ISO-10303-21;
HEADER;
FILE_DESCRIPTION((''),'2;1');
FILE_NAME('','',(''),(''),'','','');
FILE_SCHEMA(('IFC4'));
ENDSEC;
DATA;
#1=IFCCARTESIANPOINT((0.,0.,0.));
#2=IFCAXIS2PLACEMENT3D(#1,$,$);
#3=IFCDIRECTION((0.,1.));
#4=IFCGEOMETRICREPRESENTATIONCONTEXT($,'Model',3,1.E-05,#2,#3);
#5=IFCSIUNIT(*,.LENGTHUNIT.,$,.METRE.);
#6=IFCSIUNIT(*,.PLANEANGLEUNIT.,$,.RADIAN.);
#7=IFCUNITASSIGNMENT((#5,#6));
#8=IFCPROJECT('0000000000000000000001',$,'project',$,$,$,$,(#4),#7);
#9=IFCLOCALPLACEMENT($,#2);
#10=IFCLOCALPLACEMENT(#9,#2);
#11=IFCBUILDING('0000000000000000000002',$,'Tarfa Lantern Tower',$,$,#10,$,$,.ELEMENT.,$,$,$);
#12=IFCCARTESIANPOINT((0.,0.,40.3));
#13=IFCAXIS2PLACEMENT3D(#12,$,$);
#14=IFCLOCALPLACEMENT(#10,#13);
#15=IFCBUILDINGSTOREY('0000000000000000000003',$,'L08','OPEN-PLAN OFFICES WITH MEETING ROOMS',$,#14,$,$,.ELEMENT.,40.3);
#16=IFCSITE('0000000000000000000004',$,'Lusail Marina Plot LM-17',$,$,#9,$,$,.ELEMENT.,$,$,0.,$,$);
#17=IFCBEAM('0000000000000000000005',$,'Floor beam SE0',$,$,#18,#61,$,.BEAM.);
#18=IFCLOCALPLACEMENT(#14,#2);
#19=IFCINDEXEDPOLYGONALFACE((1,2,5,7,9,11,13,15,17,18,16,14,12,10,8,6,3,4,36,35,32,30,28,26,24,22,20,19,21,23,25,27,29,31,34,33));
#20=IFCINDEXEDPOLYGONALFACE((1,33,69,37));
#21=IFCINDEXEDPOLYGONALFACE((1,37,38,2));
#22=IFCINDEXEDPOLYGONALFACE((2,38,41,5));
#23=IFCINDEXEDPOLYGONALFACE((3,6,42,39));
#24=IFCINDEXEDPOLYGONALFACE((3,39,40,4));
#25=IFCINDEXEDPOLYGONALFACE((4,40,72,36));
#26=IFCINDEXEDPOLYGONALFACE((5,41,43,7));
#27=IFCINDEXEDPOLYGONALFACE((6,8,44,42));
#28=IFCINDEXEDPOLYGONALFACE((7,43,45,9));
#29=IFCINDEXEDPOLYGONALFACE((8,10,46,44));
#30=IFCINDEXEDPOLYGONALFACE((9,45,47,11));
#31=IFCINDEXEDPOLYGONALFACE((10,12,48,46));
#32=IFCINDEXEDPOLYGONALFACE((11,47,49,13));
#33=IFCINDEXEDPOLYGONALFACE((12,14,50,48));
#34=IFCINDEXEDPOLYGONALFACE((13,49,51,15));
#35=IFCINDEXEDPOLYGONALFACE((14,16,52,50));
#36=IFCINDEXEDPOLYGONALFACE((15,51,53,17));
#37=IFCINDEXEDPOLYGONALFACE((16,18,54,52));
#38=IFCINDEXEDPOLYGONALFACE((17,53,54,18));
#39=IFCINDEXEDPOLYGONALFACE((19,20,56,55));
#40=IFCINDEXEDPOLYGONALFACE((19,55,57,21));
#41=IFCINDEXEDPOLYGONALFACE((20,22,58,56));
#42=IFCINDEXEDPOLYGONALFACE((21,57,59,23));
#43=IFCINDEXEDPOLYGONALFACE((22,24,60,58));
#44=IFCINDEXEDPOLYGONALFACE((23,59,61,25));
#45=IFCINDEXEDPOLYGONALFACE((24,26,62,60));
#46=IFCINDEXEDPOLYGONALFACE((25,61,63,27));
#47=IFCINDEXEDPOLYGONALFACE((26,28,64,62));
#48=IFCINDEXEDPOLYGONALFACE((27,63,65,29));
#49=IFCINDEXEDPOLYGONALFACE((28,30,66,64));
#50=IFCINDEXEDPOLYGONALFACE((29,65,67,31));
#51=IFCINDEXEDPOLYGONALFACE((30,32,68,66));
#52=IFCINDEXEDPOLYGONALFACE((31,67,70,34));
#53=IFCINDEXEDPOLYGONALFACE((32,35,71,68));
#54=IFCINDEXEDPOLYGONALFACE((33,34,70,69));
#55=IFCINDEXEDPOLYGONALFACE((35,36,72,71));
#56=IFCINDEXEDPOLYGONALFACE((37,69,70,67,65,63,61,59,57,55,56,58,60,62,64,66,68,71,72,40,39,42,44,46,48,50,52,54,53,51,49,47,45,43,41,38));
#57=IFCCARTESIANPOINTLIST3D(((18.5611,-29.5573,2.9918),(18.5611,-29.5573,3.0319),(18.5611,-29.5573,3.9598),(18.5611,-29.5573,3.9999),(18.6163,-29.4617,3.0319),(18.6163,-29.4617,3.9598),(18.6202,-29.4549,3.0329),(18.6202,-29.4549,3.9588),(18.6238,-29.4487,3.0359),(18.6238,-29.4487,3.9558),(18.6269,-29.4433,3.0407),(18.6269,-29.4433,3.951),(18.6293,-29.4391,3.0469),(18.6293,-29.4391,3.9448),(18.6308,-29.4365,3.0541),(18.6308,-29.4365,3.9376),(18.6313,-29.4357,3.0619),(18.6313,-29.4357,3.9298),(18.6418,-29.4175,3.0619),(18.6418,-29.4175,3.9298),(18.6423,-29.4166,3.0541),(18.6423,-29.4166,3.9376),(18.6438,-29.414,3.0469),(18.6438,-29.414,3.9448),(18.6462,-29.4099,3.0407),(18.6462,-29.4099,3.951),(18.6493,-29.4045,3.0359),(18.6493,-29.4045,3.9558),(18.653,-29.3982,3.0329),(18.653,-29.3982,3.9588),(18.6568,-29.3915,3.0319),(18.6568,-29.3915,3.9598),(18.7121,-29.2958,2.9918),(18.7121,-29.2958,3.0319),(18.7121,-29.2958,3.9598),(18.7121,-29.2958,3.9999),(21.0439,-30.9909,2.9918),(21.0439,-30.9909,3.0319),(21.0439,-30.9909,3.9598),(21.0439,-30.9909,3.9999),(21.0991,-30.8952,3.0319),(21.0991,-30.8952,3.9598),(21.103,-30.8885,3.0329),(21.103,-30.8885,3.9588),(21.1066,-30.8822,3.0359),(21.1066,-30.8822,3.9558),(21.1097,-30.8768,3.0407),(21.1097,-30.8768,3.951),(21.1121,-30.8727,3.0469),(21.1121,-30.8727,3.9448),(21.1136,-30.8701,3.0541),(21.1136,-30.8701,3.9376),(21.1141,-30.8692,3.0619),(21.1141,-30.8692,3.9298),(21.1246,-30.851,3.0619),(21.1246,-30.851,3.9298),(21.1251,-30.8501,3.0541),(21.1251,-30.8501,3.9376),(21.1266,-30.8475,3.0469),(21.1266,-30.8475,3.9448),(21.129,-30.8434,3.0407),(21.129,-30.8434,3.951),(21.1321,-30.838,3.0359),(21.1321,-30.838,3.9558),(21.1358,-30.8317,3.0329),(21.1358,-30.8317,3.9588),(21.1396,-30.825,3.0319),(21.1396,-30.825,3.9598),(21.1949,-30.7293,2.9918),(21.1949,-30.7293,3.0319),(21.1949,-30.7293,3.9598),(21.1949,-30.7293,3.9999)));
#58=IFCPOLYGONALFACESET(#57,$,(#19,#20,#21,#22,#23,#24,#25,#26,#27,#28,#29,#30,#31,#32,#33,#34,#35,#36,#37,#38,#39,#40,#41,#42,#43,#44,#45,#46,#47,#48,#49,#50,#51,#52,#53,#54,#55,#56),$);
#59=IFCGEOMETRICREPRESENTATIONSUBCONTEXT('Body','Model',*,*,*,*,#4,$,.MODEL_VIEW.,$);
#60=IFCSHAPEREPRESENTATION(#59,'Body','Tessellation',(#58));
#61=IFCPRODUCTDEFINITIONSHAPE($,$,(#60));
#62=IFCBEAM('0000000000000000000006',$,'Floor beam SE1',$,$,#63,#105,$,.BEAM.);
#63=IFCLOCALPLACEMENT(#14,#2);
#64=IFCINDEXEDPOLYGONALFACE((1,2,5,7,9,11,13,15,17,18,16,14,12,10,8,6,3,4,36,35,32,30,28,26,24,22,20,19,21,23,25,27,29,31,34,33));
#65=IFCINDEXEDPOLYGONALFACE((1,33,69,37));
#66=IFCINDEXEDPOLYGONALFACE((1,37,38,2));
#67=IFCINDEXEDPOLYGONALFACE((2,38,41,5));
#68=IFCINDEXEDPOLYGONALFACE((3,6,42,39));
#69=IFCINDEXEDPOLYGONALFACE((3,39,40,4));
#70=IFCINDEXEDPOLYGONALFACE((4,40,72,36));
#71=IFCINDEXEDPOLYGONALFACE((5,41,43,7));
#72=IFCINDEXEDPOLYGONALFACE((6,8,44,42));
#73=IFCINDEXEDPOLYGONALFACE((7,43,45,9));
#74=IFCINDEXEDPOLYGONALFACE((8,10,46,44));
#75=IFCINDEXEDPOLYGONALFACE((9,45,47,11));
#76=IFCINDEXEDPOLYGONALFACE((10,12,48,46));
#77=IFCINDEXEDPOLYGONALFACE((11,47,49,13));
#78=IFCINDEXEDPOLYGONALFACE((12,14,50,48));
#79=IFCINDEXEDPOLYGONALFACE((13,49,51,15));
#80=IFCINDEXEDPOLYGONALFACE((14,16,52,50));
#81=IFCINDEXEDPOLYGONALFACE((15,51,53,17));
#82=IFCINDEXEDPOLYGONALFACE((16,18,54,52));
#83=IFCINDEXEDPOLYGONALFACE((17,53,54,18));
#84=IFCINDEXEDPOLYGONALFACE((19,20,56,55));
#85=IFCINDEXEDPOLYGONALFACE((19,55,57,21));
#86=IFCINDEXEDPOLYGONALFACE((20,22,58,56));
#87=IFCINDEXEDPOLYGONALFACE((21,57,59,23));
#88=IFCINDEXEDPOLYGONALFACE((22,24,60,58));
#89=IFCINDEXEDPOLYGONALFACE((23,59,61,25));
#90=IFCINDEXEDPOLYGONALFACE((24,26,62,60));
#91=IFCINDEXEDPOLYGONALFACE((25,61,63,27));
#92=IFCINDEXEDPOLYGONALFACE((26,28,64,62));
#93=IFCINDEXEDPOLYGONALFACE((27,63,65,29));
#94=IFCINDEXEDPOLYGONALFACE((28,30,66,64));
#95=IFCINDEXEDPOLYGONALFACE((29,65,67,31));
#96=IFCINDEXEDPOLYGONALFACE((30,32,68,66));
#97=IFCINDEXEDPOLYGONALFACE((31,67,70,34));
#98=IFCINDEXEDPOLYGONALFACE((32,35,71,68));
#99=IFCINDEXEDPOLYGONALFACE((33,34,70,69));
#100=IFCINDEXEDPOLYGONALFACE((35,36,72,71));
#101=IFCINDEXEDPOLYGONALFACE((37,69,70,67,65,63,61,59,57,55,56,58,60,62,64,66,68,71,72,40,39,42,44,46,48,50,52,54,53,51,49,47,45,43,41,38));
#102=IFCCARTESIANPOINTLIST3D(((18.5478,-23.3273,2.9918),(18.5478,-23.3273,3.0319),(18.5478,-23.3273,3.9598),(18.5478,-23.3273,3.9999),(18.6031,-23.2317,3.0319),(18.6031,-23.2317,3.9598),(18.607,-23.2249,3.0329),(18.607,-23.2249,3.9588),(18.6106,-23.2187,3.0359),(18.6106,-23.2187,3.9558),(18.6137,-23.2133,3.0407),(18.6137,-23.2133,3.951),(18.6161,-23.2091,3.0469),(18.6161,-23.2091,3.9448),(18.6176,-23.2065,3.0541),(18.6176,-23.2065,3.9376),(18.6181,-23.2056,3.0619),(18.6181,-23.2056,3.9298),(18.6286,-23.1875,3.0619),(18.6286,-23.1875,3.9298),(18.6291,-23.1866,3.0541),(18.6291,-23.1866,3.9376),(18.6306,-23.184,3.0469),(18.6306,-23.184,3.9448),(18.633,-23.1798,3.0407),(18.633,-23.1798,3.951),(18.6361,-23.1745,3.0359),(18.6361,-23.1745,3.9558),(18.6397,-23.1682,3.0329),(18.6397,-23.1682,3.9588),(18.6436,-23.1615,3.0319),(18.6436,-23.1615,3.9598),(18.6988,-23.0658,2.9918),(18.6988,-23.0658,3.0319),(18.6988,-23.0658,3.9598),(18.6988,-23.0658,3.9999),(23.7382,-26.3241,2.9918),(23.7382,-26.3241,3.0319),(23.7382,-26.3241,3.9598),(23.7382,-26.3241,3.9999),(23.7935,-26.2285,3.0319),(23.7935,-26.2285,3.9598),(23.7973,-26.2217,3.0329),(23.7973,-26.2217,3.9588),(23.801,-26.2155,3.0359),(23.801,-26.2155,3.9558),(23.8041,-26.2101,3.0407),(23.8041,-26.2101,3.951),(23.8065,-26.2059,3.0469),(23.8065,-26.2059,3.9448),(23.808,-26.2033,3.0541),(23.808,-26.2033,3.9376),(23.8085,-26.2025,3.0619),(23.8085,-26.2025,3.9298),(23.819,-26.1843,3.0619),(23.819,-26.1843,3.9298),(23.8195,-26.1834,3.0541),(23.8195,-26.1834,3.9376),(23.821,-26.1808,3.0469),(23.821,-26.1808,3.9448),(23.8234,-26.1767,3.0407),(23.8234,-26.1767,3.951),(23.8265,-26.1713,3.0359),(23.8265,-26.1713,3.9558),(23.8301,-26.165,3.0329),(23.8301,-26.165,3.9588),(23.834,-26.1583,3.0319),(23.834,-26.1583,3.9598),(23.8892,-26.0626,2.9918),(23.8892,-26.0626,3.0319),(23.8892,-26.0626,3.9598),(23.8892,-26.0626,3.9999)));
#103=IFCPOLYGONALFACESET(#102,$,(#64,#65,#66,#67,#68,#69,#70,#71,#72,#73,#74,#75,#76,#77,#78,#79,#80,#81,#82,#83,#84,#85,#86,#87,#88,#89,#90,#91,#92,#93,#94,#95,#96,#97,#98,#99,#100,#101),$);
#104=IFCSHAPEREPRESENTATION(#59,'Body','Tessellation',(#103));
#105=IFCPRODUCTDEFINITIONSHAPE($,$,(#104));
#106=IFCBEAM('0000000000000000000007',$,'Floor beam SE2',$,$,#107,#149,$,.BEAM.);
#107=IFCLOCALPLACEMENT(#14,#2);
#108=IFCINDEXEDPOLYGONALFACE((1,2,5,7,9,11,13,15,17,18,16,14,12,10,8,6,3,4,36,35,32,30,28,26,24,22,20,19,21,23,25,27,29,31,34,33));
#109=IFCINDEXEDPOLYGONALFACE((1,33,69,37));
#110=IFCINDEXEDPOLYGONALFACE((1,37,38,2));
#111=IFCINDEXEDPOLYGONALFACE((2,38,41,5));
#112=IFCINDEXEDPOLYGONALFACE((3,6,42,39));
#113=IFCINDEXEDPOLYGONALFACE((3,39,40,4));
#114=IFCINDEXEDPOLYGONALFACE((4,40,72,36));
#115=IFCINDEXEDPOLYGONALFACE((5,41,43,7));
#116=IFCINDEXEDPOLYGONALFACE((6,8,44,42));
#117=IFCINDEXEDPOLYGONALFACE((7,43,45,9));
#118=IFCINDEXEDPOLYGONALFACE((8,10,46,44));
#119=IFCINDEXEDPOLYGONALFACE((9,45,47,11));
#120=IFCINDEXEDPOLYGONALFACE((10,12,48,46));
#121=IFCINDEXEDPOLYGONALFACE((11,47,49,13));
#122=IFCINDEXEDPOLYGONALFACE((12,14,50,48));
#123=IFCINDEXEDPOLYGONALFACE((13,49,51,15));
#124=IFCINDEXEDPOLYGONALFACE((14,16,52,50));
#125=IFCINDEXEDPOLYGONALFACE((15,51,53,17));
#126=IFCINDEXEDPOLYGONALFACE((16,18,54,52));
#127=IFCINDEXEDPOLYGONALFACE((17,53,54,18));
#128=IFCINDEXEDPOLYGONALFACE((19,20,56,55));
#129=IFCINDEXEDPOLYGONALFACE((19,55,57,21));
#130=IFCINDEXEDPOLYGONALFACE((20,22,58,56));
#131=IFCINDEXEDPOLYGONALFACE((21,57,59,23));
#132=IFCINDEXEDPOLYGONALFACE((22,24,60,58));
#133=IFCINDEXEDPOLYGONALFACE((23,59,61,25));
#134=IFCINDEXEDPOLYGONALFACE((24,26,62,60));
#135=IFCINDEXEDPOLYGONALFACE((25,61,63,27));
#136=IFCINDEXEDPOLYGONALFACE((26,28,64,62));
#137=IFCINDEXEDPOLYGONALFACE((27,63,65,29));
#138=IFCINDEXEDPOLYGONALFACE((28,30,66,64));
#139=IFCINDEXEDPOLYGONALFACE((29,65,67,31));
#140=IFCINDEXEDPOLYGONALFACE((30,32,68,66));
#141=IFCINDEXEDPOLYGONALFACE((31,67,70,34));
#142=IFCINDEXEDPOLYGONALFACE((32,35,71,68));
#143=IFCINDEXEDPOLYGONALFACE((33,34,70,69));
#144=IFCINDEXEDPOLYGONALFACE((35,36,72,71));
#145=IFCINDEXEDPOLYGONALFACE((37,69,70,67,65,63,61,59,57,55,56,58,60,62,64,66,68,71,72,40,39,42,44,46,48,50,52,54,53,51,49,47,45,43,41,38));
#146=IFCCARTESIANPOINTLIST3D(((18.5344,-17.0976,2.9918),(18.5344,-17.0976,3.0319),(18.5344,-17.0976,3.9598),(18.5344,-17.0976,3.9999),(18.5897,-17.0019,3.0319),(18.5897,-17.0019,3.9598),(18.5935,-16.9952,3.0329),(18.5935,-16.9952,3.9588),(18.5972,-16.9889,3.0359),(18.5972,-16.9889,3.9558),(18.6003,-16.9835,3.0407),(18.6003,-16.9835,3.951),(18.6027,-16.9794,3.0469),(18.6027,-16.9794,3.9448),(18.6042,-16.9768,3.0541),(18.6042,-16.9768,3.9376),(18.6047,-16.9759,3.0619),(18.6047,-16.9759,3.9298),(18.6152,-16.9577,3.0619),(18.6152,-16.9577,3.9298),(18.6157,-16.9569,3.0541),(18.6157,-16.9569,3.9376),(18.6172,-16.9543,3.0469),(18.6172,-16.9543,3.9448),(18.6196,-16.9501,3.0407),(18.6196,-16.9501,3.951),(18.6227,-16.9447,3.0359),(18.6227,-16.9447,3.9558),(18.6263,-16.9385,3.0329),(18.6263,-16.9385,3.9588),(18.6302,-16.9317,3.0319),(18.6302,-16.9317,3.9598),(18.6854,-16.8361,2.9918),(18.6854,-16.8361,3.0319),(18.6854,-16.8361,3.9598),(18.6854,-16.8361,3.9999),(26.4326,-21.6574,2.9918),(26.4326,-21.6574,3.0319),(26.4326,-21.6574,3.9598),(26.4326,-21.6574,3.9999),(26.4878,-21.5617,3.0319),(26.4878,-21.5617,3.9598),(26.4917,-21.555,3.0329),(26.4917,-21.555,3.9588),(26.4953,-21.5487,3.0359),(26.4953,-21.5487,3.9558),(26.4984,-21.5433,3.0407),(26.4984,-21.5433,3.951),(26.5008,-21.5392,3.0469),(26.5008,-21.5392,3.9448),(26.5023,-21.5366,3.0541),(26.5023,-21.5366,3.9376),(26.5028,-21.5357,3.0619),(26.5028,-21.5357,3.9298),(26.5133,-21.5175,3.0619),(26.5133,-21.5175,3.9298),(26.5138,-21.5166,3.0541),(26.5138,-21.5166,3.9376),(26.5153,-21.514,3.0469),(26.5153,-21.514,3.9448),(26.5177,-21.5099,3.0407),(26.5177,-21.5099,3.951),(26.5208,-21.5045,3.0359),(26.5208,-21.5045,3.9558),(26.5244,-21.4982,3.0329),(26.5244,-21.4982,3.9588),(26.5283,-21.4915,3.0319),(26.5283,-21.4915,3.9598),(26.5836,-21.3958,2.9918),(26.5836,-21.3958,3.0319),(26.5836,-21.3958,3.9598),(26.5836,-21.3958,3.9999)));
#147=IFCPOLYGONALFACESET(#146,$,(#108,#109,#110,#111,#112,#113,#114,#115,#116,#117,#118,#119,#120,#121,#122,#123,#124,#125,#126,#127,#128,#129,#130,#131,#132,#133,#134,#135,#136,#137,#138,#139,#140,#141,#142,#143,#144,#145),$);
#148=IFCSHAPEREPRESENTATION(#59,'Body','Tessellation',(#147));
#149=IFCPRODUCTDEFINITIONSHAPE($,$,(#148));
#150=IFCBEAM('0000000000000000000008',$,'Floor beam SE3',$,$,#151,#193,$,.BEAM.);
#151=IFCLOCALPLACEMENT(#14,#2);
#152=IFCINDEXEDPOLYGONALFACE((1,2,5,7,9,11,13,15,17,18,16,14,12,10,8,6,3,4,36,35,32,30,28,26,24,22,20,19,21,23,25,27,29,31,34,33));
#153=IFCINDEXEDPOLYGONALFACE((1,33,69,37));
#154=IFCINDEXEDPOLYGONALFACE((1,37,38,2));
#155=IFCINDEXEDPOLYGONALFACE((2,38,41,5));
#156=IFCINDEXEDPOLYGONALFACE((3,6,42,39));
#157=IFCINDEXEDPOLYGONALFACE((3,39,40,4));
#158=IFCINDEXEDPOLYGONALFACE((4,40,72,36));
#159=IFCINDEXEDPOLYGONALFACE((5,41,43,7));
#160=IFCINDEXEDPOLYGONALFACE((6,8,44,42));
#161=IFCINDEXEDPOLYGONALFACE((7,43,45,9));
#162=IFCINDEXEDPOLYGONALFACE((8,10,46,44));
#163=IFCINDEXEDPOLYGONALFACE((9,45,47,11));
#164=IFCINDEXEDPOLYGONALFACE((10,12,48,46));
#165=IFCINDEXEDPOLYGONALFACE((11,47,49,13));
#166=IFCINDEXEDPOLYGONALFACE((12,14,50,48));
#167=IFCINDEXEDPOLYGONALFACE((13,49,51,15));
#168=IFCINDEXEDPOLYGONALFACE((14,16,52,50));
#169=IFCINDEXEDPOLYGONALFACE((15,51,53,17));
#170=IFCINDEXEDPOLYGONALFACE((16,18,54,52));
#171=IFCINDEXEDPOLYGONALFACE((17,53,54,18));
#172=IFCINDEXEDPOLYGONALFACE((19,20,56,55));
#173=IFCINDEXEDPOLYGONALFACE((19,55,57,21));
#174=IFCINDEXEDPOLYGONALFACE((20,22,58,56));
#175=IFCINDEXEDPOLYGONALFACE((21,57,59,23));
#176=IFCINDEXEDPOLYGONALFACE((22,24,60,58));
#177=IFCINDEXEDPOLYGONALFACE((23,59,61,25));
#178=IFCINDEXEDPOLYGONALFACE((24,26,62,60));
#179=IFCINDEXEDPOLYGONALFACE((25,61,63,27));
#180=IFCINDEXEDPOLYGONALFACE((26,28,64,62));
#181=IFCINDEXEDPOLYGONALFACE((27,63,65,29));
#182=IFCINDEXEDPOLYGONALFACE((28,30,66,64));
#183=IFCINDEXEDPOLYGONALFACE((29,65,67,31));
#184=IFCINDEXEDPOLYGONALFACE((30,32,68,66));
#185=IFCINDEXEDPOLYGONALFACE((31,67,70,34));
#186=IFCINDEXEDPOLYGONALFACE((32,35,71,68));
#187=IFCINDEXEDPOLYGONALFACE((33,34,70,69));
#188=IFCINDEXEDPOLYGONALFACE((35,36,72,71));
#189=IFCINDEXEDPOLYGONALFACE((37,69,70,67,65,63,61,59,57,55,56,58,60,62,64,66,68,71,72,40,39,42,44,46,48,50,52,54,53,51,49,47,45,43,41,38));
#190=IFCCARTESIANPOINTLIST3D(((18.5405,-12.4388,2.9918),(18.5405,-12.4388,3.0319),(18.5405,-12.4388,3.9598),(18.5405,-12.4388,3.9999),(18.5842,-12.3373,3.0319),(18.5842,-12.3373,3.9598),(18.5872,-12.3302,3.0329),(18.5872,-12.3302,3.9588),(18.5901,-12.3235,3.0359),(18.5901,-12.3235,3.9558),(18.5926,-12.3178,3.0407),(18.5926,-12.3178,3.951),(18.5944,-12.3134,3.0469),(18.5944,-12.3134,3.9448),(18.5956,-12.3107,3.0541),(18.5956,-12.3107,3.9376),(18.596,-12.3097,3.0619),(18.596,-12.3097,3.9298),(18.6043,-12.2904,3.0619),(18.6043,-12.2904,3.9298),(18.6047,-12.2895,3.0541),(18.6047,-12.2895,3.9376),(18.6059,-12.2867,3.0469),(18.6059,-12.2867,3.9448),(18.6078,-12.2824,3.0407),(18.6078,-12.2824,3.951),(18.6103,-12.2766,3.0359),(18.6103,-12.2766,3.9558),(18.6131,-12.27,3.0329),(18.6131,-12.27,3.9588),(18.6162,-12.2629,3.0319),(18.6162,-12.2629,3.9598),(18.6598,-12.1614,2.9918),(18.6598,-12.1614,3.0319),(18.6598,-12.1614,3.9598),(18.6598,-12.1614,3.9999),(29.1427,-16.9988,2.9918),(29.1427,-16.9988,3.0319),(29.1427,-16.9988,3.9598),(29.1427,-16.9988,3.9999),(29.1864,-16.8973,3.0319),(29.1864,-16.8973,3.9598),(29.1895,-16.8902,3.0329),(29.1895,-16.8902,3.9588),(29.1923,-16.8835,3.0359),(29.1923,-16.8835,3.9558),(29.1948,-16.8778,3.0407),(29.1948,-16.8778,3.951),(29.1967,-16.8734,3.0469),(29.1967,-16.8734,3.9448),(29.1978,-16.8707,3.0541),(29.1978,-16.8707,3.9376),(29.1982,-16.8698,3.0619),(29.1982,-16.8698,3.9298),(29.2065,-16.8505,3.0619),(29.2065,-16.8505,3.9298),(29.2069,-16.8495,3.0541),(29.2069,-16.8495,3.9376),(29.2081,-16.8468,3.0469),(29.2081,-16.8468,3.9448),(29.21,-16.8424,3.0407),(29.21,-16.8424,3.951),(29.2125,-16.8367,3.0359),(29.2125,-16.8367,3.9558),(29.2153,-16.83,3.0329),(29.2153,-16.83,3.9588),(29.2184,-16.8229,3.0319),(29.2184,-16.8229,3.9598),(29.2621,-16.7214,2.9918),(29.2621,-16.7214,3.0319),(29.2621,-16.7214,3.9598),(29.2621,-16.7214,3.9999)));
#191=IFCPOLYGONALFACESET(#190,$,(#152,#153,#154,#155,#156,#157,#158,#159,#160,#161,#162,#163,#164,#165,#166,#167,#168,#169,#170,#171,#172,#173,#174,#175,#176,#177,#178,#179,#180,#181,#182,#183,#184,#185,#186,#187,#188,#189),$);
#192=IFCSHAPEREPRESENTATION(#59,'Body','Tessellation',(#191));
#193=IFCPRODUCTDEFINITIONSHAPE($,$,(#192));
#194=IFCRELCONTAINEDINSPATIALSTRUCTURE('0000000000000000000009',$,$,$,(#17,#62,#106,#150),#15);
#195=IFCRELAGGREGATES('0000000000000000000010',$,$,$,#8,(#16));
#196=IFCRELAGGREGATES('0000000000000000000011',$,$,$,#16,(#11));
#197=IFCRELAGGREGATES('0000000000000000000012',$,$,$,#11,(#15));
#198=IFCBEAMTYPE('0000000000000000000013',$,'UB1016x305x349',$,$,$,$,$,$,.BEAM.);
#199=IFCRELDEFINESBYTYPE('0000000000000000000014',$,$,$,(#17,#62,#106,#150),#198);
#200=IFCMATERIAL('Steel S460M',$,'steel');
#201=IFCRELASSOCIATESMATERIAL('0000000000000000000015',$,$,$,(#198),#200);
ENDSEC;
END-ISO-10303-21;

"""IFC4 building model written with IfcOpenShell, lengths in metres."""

from ifc_helpers import new_model, si_unit, direction, frame, origin, origin_2d, place, context, subcontext, project, spatial, i_section, extrude, material, material_profile, profile_set, type_object, element, save


model = new_model("IFC4")

# Units and contexts
model_context = context("Model", 3, precision=1e-05, world=origin(), true_north=direction((0.0, 1.0)))
body_context = subcontext(model_context, "Body", "Model", "MODEL_VIEW")
ifc_project = project(units=[si_unit("LENGTHUNIT", "METRE"), si_unit("PLANEANGLEUNIT", "RADIAN")], contexts=[model_context])

# Site, building, storey
site_placement = place(None, origin())
site = spatial("IfcSite", under=ifc_project, at=site_placement, Name="Lusail Marina Plot LM-17", CompositionType="ELEMENT", RefElevation=0.0)
building_placement = place(site_placement, origin())
building = spatial("IfcBuilding", under=site, at=building_placement, Name="Tarfa Lantern Tower", CompositionType="ELEMENT")
storey_placement = place(building_placement, frame((0.0, 0.0, 40.3)))
storey = spatial("IfcBuildingStorey", under=building, at=storey_placement, Name="L08", Description="OPEN-PLAN OFFICES WITH MEETING ROOMS", CompositionType="ELEMENT", Elevation=40.3)

# Beams
ifc_material_1 = material(Name="Steel S460M", Category="steel")
ifc_material_profile_1 = material_profile(ifc_material_1, i_section(OverallWidth=0.302, OverallDepth=1.0081, WebThickness=0.021, FlangeThickness=0.04, FilletRadius=0.03, at=origin_2d()), Name="UB1016x305x349")
ifc_profile_set_1 = profile_set([ifc_material_profile_1], Name="Steel S460M")
beam_type_1 = type_object("IfcBeamType", Name="UB1016x305x349", PredefinedType="BEAM", material=ifc_profile_set_1)
beam_1_placement = place(storey_placement, frame((21.1194, -30.8601, 3.4958), z_axis=(-0.866013, 0.500022, 0.0), x_axis=(-0.500022, -0.866013, 0.0)))
element("IfcBeam", 1, at=beam_1_placement, inside=storey, type_object=beam_type_1, Name="Floor beam SE0", PredefinedType="BEAM", context=body_context, shape_type="SweptSolid", body=[
    extrude(i_section(OverallWidth=0.302, OverallDepth=1.0081, WebThickness=0.021, FlangeThickness=0.04, FilletRadius=0.03, at=origin_2d()), origin(), (0.0, 0.0, 1.0), 2.8669),
])
beam_2_placement = place(storey_placement, frame((23.8137, -26.1934, 3.4958), z_axis=(-0.866016, 0.500016, 0.0), x_axis=(-0.500016, -0.866016, 0.0)))
element("IfcBeam", 2, at=beam_2_placement, inside=storey, type_object=beam_type_1, Name="Floor beam SE1", PredefinedType="BEAM", context=body_context, shape_type="SweptSolid", body=[
    extrude(i_section(OverallWidth=0.302, OverallDepth=1.0081, WebThickness=0.021, FlangeThickness=0.04, FilletRadius=0.03, at=origin_2d()), origin(), (0.0, 0.0, 1.0), 5.9934),
])
beam_3_placement = place(storey_placement, frame((26.5081, -21.5266, 3.4958), z_axis=(-0.866035, 0.499983, 0.0), x_axis=(-0.499983, -0.866035, 0.0)))
element("IfcBeam", 3, at=beam_3_placement, inside=storey, type_object=beam_type_1, Name="Floor beam SE2", PredefinedType="BEAM", context=body_context, shape_type="SweptSolid", body=[
    extrude(i_section(OverallWidth=0.302, OverallDepth=1.0081, WebThickness=0.021, FlangeThickness=0.04, FilletRadius=0.03, at=origin_2d()), origin(), (0.0, 0.0, 1.0), 9.1199),
])
beam_4_placement = place(storey_placement, frame((29.2024, -16.8601, 3.4958), z_axis=(-0.918635, 0.395106, 0.0), x_axis=(-0.395106, -0.918635, 0.0)))
element("IfcBeam", 4, at=beam_4_placement, inside=storey, type_object=beam_type_1, Name="Floor beam SE3", PredefinedType="BEAM", context=body_context, shape_type="SweptSolid", body=[
    extrude(i_section(OverallWidth=0.302, OverallDepth=1.0081, WebThickness=0.021, FlangeThickness=0.04, FilletRadius=0.03, at=origin_2d()), origin(), (0.0, 0.0, 1.0), 11.5413),
])

save(model, "model.ifc")
